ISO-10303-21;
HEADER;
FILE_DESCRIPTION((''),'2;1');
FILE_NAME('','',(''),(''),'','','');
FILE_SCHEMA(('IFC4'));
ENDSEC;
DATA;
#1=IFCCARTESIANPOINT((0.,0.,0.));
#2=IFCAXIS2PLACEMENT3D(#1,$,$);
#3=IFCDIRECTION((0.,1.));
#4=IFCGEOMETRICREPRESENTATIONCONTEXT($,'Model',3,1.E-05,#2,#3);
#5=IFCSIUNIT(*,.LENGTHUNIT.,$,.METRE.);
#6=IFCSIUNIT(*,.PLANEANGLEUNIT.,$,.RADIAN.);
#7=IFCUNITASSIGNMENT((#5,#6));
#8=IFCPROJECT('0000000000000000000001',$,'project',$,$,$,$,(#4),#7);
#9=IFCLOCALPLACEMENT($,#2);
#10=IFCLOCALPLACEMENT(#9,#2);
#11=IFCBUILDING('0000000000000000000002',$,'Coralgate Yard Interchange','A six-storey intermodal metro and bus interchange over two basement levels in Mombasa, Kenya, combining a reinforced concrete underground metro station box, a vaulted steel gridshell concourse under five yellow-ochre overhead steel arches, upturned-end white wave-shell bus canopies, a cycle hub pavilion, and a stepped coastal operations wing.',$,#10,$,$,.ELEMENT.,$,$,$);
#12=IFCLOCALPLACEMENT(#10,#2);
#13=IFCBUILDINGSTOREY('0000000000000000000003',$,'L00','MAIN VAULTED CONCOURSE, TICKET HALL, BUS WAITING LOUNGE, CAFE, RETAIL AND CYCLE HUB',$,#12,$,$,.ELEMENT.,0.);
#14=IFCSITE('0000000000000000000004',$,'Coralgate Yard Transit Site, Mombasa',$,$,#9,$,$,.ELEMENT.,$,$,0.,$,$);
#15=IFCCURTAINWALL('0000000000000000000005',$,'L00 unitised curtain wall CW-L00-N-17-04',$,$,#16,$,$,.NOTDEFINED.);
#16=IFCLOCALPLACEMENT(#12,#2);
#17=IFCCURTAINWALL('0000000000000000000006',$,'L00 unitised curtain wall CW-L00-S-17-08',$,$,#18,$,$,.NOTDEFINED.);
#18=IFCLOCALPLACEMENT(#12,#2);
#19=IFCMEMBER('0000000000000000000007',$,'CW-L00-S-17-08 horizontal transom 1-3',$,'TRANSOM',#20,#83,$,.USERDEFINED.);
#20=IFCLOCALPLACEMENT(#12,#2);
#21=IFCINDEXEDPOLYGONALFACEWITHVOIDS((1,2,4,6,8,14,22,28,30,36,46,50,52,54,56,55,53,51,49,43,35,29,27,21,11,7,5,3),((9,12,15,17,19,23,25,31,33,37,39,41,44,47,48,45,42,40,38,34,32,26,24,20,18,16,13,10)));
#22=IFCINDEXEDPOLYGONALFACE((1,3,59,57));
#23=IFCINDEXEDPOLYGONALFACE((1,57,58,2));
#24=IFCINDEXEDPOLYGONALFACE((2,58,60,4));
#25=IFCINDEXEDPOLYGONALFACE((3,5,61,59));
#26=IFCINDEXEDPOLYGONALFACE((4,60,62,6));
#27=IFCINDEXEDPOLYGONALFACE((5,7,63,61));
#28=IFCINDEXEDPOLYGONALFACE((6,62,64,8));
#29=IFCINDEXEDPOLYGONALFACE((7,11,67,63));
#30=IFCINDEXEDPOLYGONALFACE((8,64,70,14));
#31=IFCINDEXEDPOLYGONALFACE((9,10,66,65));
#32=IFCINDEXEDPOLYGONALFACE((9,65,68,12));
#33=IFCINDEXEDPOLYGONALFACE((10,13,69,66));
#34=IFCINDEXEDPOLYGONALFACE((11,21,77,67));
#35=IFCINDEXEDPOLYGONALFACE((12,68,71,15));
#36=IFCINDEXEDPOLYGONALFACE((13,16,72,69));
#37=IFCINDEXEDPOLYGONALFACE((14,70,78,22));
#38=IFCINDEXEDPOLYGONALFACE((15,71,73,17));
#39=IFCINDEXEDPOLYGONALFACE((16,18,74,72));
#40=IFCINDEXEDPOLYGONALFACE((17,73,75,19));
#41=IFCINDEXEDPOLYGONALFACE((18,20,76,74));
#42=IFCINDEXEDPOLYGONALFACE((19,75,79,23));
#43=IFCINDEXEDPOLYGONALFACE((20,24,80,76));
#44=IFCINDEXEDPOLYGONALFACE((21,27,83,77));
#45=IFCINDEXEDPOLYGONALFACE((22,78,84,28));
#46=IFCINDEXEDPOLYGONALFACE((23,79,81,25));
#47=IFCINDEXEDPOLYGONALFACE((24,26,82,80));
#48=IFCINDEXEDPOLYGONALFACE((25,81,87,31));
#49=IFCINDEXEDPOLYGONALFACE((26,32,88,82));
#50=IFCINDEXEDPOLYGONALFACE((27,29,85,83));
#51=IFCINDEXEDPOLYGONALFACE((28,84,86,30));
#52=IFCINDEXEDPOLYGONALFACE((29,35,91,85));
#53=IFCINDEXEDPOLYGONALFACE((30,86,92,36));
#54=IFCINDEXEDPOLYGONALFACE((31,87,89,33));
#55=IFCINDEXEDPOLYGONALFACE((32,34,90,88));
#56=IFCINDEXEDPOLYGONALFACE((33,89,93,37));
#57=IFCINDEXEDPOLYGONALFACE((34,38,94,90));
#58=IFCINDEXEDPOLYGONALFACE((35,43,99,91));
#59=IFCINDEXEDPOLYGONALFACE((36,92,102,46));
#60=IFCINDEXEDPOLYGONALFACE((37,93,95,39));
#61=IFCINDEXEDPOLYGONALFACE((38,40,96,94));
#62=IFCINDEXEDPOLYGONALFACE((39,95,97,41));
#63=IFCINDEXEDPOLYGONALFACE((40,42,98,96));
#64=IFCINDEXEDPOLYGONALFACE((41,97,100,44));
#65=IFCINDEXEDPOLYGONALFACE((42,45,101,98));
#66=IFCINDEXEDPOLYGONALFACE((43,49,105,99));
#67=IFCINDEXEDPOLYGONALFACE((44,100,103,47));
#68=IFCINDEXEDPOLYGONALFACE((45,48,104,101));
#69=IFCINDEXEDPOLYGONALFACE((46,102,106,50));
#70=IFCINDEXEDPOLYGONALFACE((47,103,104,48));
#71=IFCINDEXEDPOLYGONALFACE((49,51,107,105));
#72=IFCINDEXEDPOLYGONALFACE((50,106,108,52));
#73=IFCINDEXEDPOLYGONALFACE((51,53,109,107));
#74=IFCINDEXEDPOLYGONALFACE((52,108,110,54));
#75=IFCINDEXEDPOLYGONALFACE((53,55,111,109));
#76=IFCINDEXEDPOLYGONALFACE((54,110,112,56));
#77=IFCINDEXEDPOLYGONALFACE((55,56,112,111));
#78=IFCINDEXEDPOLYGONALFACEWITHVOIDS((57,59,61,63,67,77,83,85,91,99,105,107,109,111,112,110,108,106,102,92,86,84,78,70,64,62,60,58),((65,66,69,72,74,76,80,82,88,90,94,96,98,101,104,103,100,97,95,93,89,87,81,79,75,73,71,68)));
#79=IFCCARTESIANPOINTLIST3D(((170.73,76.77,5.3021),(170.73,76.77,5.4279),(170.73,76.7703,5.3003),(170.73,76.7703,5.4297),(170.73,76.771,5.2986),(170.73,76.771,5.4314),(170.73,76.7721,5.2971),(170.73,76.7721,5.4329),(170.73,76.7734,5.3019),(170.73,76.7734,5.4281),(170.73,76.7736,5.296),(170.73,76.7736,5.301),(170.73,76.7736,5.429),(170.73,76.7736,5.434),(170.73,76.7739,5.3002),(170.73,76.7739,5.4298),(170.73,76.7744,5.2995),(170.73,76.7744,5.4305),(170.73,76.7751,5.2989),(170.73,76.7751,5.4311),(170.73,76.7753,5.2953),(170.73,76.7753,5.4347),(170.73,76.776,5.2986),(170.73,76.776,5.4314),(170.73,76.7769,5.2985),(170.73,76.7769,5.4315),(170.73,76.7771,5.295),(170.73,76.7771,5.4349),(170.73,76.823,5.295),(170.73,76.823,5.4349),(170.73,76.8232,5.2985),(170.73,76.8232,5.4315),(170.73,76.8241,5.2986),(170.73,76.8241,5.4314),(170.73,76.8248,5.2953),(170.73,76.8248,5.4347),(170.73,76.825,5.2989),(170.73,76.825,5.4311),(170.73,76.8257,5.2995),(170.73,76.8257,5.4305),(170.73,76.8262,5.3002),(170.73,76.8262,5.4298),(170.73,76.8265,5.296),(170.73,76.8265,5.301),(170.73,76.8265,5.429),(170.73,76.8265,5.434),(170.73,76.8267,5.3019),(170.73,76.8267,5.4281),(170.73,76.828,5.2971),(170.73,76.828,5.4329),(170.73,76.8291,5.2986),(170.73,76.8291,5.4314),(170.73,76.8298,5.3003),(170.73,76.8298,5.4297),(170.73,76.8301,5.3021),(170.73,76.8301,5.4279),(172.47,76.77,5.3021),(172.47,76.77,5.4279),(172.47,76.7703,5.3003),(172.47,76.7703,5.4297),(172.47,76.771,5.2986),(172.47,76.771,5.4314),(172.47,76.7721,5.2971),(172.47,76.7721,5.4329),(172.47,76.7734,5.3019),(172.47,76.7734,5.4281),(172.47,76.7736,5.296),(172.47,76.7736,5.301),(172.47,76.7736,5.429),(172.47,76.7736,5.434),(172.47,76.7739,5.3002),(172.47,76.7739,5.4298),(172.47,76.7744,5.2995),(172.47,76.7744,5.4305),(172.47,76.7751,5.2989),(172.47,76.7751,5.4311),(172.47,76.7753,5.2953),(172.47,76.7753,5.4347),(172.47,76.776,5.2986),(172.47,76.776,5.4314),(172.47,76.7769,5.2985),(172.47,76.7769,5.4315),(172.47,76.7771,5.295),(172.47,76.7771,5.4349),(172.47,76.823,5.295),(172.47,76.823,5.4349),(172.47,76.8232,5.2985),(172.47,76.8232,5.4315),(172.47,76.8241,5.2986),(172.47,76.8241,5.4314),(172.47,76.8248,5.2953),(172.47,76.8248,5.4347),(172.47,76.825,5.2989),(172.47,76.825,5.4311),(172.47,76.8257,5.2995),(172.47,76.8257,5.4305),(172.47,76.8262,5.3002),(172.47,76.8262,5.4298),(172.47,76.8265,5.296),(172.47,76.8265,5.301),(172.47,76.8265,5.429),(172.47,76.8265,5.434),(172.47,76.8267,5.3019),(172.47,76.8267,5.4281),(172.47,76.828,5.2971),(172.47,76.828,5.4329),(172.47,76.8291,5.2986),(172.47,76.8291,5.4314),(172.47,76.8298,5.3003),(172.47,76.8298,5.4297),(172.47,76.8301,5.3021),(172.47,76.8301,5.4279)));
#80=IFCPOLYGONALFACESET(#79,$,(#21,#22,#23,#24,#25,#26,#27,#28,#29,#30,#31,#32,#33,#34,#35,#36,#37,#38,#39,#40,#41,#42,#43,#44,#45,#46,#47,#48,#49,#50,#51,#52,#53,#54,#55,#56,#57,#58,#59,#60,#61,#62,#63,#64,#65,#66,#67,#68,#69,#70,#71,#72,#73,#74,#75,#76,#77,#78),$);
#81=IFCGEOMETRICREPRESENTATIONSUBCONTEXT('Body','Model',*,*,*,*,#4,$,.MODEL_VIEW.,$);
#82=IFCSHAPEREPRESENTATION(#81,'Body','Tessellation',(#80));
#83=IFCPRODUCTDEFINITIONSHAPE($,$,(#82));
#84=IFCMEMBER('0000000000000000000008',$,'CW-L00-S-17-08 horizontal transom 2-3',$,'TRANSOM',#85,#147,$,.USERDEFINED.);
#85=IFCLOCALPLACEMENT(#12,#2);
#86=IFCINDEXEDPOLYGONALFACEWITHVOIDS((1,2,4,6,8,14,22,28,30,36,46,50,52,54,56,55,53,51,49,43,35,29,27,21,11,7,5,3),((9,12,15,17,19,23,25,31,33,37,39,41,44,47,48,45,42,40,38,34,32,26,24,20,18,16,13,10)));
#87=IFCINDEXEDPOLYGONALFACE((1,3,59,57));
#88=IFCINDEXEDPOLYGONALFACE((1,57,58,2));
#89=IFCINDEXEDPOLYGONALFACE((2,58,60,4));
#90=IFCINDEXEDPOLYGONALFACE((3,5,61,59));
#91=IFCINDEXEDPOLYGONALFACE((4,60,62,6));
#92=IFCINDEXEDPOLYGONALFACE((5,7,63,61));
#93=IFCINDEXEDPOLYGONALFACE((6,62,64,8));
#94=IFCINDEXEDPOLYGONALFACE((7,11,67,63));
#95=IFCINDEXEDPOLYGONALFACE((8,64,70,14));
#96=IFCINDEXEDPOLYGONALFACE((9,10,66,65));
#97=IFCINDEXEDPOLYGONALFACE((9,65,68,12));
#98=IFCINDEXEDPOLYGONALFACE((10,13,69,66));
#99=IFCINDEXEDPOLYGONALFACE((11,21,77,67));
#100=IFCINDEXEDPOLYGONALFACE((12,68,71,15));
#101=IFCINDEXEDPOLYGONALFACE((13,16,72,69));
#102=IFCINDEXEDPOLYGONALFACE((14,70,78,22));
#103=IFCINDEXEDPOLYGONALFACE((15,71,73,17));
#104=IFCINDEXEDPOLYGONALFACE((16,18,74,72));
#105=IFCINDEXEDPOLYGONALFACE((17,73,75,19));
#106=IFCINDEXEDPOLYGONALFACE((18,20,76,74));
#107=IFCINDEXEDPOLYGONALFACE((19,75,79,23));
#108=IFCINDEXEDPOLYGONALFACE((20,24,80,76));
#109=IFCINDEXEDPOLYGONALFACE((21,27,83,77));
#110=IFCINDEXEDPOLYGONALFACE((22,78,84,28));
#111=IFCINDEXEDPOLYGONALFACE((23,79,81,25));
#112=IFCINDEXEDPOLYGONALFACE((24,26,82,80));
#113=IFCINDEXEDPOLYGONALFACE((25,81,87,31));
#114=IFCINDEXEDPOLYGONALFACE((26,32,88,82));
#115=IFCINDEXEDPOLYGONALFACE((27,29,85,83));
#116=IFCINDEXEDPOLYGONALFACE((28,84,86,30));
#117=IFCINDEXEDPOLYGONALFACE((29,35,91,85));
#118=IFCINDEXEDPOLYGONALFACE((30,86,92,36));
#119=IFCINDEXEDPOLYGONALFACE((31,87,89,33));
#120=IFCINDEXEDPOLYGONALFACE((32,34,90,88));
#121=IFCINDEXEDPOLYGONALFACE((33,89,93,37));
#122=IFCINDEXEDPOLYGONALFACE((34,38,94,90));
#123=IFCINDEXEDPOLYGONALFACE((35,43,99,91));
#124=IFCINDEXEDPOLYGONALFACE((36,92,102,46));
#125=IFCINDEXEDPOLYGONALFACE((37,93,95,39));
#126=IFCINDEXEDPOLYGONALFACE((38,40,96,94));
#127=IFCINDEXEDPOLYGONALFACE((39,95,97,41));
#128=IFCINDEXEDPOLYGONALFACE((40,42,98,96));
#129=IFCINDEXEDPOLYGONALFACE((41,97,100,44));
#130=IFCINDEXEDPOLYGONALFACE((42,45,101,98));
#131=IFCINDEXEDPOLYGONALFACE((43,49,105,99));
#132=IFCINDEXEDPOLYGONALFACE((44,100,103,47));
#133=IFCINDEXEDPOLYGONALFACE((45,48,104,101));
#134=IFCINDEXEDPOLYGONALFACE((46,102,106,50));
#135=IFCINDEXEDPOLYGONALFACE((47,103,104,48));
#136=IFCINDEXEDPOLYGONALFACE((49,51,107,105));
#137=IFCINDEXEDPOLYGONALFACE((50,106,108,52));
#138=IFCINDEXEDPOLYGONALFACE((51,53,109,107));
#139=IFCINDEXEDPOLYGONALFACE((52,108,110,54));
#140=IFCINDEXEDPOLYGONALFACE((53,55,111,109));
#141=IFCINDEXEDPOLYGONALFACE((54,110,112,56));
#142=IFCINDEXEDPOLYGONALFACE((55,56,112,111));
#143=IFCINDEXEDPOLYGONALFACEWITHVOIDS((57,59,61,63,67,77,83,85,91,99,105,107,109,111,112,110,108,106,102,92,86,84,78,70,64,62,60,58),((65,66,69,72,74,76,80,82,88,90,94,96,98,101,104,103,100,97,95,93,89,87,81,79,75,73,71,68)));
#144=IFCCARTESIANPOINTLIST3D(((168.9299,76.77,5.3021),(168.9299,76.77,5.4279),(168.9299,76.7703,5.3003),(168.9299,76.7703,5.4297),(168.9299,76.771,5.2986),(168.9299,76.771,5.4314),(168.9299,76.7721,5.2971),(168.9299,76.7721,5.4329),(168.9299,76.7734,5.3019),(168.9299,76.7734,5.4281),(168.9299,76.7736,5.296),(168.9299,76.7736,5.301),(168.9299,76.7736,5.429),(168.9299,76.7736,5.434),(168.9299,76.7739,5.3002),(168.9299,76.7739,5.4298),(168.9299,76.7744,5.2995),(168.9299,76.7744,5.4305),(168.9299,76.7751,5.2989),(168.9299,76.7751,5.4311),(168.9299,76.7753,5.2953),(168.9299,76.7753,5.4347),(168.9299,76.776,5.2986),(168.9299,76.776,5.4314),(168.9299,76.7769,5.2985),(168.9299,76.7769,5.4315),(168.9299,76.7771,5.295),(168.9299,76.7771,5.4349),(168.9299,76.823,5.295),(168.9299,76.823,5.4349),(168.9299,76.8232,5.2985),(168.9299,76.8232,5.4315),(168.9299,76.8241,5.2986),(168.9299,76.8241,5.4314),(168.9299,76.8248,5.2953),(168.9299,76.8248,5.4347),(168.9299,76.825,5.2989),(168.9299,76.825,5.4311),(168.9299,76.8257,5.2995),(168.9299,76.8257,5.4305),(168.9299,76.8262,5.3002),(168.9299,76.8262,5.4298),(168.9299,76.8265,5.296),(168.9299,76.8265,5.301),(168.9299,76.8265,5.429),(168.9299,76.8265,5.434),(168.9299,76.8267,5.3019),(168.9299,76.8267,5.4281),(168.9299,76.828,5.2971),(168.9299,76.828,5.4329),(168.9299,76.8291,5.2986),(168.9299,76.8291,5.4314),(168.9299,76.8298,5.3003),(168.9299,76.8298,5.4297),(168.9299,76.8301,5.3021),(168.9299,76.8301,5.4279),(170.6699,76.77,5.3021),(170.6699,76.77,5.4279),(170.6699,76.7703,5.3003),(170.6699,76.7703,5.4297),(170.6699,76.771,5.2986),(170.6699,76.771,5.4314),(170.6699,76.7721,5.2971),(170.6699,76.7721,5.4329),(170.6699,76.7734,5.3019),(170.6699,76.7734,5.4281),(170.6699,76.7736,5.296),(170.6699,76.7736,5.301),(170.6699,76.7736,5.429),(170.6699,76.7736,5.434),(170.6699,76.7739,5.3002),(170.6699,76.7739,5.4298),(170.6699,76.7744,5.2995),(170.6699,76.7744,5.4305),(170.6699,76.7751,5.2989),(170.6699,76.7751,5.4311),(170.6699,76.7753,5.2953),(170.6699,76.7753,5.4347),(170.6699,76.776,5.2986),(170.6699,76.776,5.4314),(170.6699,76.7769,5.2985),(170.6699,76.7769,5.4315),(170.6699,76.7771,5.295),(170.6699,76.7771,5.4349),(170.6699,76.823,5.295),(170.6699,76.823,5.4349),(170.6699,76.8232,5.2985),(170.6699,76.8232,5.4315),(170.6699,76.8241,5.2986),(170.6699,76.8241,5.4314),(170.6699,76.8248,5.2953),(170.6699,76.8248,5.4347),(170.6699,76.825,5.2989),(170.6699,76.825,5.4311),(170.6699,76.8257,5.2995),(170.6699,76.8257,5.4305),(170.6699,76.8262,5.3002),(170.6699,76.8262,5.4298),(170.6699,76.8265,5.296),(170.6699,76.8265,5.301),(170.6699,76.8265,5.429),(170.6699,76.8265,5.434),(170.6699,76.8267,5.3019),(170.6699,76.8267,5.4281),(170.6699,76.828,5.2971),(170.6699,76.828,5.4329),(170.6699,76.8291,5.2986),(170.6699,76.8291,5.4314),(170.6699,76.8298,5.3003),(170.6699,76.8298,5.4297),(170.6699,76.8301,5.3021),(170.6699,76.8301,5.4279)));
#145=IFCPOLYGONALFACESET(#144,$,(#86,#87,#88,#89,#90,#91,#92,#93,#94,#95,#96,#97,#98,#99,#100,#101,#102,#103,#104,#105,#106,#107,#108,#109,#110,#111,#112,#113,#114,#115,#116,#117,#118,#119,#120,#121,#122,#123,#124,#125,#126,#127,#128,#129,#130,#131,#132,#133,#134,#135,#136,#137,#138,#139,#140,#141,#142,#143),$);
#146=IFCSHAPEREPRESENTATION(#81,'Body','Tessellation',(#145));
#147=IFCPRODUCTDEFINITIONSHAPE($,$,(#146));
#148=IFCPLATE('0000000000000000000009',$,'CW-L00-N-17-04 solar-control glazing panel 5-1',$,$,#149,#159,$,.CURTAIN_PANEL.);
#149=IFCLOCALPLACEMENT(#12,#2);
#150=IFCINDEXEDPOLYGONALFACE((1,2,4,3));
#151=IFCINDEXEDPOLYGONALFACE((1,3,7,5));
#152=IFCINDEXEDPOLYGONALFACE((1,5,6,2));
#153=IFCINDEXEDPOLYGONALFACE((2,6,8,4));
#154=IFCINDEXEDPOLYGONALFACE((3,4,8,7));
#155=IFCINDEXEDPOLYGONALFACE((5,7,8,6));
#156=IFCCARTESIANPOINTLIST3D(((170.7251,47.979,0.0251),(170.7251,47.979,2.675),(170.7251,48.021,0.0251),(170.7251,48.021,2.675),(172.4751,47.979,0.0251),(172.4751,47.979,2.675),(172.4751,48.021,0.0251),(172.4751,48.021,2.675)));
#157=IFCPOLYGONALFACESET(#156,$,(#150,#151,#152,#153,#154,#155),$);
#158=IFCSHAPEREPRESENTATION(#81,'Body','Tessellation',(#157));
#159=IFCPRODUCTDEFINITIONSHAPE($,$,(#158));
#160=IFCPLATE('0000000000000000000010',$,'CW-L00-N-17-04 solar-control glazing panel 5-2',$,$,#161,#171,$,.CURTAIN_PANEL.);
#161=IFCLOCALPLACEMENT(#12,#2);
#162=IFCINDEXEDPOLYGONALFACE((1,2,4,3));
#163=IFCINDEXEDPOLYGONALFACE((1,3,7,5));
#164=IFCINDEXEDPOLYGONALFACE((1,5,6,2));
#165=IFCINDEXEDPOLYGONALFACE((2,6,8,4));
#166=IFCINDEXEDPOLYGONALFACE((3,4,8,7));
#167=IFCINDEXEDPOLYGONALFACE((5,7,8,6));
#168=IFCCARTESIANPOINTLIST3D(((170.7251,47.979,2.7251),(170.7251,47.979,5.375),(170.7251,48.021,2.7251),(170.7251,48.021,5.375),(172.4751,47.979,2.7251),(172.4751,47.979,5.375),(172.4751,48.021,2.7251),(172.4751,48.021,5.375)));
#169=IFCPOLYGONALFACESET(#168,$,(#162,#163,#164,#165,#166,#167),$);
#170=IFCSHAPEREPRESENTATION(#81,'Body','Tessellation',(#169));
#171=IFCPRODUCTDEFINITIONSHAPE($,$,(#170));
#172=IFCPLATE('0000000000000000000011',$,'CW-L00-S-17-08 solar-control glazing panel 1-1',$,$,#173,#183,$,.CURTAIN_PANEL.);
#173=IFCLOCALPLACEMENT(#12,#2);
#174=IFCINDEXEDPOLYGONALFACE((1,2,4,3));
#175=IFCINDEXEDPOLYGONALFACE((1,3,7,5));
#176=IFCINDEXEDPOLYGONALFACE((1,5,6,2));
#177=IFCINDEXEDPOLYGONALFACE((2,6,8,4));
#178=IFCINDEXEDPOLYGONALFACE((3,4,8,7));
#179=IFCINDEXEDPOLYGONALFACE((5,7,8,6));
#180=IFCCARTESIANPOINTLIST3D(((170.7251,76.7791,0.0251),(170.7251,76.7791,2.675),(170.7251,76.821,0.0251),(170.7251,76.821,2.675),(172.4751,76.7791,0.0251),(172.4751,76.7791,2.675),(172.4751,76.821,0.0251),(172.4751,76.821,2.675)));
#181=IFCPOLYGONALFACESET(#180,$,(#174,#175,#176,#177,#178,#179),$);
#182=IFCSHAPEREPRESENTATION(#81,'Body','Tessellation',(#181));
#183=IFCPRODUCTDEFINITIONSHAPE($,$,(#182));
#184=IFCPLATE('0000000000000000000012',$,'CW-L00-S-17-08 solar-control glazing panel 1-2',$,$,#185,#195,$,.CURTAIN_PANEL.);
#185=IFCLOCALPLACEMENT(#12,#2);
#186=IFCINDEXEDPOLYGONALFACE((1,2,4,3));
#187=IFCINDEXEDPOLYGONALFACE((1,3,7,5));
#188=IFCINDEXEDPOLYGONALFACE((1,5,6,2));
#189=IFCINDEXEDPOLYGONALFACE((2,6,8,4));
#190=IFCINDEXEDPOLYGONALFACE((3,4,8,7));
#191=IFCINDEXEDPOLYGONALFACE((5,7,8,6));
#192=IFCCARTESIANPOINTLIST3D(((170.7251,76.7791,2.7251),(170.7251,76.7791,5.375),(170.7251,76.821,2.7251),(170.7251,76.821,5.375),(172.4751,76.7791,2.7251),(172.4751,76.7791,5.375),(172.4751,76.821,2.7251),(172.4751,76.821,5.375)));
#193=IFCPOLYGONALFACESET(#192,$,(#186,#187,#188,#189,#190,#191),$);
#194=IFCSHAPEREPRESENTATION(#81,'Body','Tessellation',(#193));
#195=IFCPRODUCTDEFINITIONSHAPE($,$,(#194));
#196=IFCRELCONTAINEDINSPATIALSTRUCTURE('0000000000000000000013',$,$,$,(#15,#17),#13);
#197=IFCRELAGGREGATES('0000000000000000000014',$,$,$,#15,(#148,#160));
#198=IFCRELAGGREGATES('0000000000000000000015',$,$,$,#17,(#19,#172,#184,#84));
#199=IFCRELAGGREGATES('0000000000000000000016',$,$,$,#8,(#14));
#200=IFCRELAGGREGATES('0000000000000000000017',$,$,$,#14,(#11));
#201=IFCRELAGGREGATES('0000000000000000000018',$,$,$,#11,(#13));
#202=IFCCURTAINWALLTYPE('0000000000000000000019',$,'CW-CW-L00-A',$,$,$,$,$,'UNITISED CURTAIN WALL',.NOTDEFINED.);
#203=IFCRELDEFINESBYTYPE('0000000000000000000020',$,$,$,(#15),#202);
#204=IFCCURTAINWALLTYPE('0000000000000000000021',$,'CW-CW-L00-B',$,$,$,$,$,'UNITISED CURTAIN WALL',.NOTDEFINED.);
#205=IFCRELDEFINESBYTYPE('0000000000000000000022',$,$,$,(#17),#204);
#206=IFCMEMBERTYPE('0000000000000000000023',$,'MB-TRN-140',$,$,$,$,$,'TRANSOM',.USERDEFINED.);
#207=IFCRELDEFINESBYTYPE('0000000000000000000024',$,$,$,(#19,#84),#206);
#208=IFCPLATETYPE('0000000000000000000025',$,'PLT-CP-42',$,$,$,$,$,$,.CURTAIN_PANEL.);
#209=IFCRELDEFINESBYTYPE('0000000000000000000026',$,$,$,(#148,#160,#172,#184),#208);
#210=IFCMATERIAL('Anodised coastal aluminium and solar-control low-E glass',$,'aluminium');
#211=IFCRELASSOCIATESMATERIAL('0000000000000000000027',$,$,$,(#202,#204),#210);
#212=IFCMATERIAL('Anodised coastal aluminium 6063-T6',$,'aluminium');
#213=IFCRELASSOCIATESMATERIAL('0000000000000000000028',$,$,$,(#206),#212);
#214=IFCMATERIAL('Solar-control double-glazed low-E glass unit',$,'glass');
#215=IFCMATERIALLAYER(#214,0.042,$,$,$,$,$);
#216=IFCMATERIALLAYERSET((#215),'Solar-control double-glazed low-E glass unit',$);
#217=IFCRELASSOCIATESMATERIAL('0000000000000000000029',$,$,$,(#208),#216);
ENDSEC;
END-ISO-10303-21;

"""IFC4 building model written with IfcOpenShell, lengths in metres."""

from ifc_helpers import new_model, si_unit, direction, frame, origin, origin_2d, place, context, subcontext, project, spatial, rectangle, hollow_rectangle, extrude, material, layer, layer_set, material_profile, profile_set, type_object, element, aggregate, save


model = new_model("IFC4")

# Units and contexts
model_context = context("Model", 3, precision=1e-05, world=origin(), true_north=direction((0.0, 1.0)))
body_context = subcontext(model_context, "Body", "Model", "MODEL_VIEW")
ifc_project = project(units=[si_unit("LENGTHUNIT", "METRE"), si_unit("PLANEANGLEUNIT", "RADIAN")], contexts=[model_context])

# Site, building, storey
site_placement = place(None, origin())
site = spatial("IfcSite", under=ifc_project, at=site_placement, Name="Coralgate Yard Transit Site, Mombasa", CompositionType="ELEMENT", RefElevation=0.0)
building_placement = place(site_placement, origin())
building = spatial("IfcBuilding", under=site, at=building_placement, Name="Coralgate Yard Interchange", Description="A six-storey intermodal metro and bus interchange over two basement levels in Mombasa, Kenya, combining a reinforced concrete underground metro station box, a vaulted steel gridshell concourse under five yellow-ochre overhead steel arches, upturned-end white wave-shell bus canopies, a cycle hub pavilion, and a stepped coastal operations wing.", CompositionType="ELEMENT")
storey_placement = place(building_placement, origin())
storey = spatial("IfcBuildingStorey", under=building, at=storey_placement, Name="L00", Description="MAIN VAULTED CONCOURSE, TICKET HALL, BUS WAITING LOUNGE, CAFE, RETAIL AND CYCLE HUB", CompositionType="ELEMENT", Elevation=0.0)

# Curtain wall
ifc_material_1 = material(Name="Anodised coastal aluminium and solar-control low-E glass", Category="aluminium")
curtain_wall_type_1 = type_object("IfcCurtainWallType", Name="CW-CW-L00-A", ElementType="UNITISED CURTAIN WALL", PredefinedType="NOTDEFINED", material=ifc_material_1)
curtain_wall_1_placement = place(storey_placement, origin())
curtain_wall_1 = element("IfcCurtainWall", 1, at=curtain_wall_1_placement, inside=storey, type_object=curtain_wall_type_1, Name="L00 unitised curtain wall CW-L00-N-17-04", PredefinedType="NOTDEFINED")
ifc_material_2 = material(Name="Anodised coastal aluminium 6063-T6", Category="aluminium")

# Curtain wall
curtain_wall_type_2 = type_object("IfcCurtainWallType", Name="CW-CW-L00-B", ElementType="UNITISED CURTAIN WALL", PredefinedType="NOTDEFINED", material=ifc_material_1)
curtain_wall_2_placement = place(storey_placement, origin())
curtain_wall_2 = element("IfcCurtainWall", 2, at=curtain_wall_2_placement, inside=storey, type_object=curtain_wall_type_2, Name="L00 unitised curtain wall CW-L00-S-17-08", PredefinedType="NOTDEFINED")

# Members
ifc_material_profile_1 = material_profile(ifc_material_2, hollow_rectangle(XDim=0.0601, YDim=0.1399, WallThickness=0.0034, InnerFilletRadius=0.0034, OuterFilletRadius=0.0071, at=origin_2d()), Name="ALU 60x140x3.5")
ifc_profile_set_1 = profile_set([ifc_material_profile_1], Name="Anodised coastal aluminium 6063-T6")
member_type_1 = type_object("IfcMemberType", Name="MB-TRN-140", ElementType="TRANSOM", PredefinedType="USERDEFINED", material=ifc_profile_set_1)
member_1_placement = place(storey_placement, frame((172.47, 76.8, 5.365), z_axis=(-1.0, 0.0, 0.0), x_axis=(0.0, -1.0, 0.0)))
member_1 = element("IfcMember", 3, at=member_1_placement, type_object=member_type_1, Name="CW-L00-S-17-08 horizontal transom 1-3", ObjectType="TRANSOM", PredefinedType="USERDEFINED", context=body_context, shape_type="SweptSolid", body=[
    extrude(hollow_rectangle(XDim=0.0601, YDim=0.1399, WallThickness=0.0034, InnerFilletRadius=0.0034, OuterFilletRadius=0.0071, at=origin_2d()), origin(), (0.0, 0.0, 1.0), 1.74),
])
member_2_placement = place(storey_placement, frame((170.6699, 76.8, 5.365), z_axis=(-1.0, 0.0, 0.0), x_axis=(0.0, -1.0, 0.0)))
member_2 = element("IfcMember", 4, at=member_2_placement, type_object=member_type_1, Name="CW-L00-S-17-08 horizontal transom 2-3", ObjectType="TRANSOM", PredefinedType="USERDEFINED", context=body_context, shape_type="SweptSolid", body=[
    extrude(hollow_rectangle(XDim=0.0601, YDim=0.1399, WallThickness=0.0034, InnerFilletRadius=0.0034, OuterFilletRadius=0.0071, at=origin_2d()), origin(), (0.0, 0.0, 1.0), 1.74),
])

# Plates
ifc_material_3 = material(Name="Solar-control double-glazed low-E glass unit", Category="glass")
ifc_layer = layer(ifc_material_3, 0.042)
ifc_layer_set = layer_set([ifc_layer], Name="Solar-control double-glazed low-E glass unit")
plate_type = type_object("IfcPlateType", Name="PLT-CP-42", PredefinedType="CURTAIN_PANEL", material=ifc_layer_set)
plate_1_placement = place(storey_placement, frame((171.6001, 48.0, 0.0251), z_axis=(0.0, 0.0, 1.0), x_axis=(1.0, 0.0, 0.0)))
plate_1 = element("IfcPlate", 5, at=plate_1_placement, type_object=plate_type, Name="CW-L00-N-17-04 solar-control glazing panel 5-1", PredefinedType="CURTAIN_PANEL", context=body_context, shape_type="SweptSolid", body=[
    extrude(rectangle(XDim=1.75, YDim=0.042, at=origin_2d()), origin(), (0.0, 0.0, 1.0), 2.6499),
])
plate_2_placement = place(storey_placement, frame((171.6001, 48.0, 2.7251), z_axis=(0.0, 0.0, 1.0), x_axis=(1.0, 0.0, 0.0)))
plate_2 = element("IfcPlate", 6, at=plate_2_placement, type_object=plate_type, Name="CW-L00-N-17-04 solar-control glazing panel 5-2", PredefinedType="CURTAIN_PANEL", context=body_context, shape_type="SweptSolid", body=[
    extrude(rectangle(XDim=1.75, YDim=0.042, at=origin_2d()), origin(), (0.0, 0.0, 1.0), 2.6499),
])
aggregate(curtain_wall_1, [plate_1, plate_2])
plate_3_placement = place(storey_placement, frame((171.6001, 76.8, 0.0251), z_axis=(0.0, 0.0, 1.0), x_axis=(-1.0, 0.0, 0.0)))
plate_3 = element("IfcPlate", 7, at=plate_3_placement, type_object=plate_type, Name="CW-L00-S-17-08 solar-control glazing panel 1-1", PredefinedType="CURTAIN_PANEL", context=body_context, shape_type="SweptSolid", body=[
    extrude(rectangle(XDim=1.75, YDim=0.042, at=origin_2d()), origin(), (0.0, 0.0, 1.0), 2.6499),
])
plate_4_placement = place(storey_placement, frame((171.6001, 76.8, 2.7251), z_axis=(0.0, 0.0, 1.0), x_axis=(-1.0, 0.0, 0.0)))
plate_4 = element("IfcPlate", 8, at=plate_4_placement, type_object=plate_type, Name="CW-L00-S-17-08 solar-control glazing panel 1-2", PredefinedType="CURTAIN_PANEL", context=body_context, shape_type="SweptSolid", body=[
    extrude(rectangle(XDim=1.75, YDim=0.042, at=origin_2d()), origin(), (0.0, 0.0, 1.0), 2.6499),
])
aggregate(curtain_wall_2, [member_1, plate_3, plate_4, member_2])

save(model, "model.ifc")
